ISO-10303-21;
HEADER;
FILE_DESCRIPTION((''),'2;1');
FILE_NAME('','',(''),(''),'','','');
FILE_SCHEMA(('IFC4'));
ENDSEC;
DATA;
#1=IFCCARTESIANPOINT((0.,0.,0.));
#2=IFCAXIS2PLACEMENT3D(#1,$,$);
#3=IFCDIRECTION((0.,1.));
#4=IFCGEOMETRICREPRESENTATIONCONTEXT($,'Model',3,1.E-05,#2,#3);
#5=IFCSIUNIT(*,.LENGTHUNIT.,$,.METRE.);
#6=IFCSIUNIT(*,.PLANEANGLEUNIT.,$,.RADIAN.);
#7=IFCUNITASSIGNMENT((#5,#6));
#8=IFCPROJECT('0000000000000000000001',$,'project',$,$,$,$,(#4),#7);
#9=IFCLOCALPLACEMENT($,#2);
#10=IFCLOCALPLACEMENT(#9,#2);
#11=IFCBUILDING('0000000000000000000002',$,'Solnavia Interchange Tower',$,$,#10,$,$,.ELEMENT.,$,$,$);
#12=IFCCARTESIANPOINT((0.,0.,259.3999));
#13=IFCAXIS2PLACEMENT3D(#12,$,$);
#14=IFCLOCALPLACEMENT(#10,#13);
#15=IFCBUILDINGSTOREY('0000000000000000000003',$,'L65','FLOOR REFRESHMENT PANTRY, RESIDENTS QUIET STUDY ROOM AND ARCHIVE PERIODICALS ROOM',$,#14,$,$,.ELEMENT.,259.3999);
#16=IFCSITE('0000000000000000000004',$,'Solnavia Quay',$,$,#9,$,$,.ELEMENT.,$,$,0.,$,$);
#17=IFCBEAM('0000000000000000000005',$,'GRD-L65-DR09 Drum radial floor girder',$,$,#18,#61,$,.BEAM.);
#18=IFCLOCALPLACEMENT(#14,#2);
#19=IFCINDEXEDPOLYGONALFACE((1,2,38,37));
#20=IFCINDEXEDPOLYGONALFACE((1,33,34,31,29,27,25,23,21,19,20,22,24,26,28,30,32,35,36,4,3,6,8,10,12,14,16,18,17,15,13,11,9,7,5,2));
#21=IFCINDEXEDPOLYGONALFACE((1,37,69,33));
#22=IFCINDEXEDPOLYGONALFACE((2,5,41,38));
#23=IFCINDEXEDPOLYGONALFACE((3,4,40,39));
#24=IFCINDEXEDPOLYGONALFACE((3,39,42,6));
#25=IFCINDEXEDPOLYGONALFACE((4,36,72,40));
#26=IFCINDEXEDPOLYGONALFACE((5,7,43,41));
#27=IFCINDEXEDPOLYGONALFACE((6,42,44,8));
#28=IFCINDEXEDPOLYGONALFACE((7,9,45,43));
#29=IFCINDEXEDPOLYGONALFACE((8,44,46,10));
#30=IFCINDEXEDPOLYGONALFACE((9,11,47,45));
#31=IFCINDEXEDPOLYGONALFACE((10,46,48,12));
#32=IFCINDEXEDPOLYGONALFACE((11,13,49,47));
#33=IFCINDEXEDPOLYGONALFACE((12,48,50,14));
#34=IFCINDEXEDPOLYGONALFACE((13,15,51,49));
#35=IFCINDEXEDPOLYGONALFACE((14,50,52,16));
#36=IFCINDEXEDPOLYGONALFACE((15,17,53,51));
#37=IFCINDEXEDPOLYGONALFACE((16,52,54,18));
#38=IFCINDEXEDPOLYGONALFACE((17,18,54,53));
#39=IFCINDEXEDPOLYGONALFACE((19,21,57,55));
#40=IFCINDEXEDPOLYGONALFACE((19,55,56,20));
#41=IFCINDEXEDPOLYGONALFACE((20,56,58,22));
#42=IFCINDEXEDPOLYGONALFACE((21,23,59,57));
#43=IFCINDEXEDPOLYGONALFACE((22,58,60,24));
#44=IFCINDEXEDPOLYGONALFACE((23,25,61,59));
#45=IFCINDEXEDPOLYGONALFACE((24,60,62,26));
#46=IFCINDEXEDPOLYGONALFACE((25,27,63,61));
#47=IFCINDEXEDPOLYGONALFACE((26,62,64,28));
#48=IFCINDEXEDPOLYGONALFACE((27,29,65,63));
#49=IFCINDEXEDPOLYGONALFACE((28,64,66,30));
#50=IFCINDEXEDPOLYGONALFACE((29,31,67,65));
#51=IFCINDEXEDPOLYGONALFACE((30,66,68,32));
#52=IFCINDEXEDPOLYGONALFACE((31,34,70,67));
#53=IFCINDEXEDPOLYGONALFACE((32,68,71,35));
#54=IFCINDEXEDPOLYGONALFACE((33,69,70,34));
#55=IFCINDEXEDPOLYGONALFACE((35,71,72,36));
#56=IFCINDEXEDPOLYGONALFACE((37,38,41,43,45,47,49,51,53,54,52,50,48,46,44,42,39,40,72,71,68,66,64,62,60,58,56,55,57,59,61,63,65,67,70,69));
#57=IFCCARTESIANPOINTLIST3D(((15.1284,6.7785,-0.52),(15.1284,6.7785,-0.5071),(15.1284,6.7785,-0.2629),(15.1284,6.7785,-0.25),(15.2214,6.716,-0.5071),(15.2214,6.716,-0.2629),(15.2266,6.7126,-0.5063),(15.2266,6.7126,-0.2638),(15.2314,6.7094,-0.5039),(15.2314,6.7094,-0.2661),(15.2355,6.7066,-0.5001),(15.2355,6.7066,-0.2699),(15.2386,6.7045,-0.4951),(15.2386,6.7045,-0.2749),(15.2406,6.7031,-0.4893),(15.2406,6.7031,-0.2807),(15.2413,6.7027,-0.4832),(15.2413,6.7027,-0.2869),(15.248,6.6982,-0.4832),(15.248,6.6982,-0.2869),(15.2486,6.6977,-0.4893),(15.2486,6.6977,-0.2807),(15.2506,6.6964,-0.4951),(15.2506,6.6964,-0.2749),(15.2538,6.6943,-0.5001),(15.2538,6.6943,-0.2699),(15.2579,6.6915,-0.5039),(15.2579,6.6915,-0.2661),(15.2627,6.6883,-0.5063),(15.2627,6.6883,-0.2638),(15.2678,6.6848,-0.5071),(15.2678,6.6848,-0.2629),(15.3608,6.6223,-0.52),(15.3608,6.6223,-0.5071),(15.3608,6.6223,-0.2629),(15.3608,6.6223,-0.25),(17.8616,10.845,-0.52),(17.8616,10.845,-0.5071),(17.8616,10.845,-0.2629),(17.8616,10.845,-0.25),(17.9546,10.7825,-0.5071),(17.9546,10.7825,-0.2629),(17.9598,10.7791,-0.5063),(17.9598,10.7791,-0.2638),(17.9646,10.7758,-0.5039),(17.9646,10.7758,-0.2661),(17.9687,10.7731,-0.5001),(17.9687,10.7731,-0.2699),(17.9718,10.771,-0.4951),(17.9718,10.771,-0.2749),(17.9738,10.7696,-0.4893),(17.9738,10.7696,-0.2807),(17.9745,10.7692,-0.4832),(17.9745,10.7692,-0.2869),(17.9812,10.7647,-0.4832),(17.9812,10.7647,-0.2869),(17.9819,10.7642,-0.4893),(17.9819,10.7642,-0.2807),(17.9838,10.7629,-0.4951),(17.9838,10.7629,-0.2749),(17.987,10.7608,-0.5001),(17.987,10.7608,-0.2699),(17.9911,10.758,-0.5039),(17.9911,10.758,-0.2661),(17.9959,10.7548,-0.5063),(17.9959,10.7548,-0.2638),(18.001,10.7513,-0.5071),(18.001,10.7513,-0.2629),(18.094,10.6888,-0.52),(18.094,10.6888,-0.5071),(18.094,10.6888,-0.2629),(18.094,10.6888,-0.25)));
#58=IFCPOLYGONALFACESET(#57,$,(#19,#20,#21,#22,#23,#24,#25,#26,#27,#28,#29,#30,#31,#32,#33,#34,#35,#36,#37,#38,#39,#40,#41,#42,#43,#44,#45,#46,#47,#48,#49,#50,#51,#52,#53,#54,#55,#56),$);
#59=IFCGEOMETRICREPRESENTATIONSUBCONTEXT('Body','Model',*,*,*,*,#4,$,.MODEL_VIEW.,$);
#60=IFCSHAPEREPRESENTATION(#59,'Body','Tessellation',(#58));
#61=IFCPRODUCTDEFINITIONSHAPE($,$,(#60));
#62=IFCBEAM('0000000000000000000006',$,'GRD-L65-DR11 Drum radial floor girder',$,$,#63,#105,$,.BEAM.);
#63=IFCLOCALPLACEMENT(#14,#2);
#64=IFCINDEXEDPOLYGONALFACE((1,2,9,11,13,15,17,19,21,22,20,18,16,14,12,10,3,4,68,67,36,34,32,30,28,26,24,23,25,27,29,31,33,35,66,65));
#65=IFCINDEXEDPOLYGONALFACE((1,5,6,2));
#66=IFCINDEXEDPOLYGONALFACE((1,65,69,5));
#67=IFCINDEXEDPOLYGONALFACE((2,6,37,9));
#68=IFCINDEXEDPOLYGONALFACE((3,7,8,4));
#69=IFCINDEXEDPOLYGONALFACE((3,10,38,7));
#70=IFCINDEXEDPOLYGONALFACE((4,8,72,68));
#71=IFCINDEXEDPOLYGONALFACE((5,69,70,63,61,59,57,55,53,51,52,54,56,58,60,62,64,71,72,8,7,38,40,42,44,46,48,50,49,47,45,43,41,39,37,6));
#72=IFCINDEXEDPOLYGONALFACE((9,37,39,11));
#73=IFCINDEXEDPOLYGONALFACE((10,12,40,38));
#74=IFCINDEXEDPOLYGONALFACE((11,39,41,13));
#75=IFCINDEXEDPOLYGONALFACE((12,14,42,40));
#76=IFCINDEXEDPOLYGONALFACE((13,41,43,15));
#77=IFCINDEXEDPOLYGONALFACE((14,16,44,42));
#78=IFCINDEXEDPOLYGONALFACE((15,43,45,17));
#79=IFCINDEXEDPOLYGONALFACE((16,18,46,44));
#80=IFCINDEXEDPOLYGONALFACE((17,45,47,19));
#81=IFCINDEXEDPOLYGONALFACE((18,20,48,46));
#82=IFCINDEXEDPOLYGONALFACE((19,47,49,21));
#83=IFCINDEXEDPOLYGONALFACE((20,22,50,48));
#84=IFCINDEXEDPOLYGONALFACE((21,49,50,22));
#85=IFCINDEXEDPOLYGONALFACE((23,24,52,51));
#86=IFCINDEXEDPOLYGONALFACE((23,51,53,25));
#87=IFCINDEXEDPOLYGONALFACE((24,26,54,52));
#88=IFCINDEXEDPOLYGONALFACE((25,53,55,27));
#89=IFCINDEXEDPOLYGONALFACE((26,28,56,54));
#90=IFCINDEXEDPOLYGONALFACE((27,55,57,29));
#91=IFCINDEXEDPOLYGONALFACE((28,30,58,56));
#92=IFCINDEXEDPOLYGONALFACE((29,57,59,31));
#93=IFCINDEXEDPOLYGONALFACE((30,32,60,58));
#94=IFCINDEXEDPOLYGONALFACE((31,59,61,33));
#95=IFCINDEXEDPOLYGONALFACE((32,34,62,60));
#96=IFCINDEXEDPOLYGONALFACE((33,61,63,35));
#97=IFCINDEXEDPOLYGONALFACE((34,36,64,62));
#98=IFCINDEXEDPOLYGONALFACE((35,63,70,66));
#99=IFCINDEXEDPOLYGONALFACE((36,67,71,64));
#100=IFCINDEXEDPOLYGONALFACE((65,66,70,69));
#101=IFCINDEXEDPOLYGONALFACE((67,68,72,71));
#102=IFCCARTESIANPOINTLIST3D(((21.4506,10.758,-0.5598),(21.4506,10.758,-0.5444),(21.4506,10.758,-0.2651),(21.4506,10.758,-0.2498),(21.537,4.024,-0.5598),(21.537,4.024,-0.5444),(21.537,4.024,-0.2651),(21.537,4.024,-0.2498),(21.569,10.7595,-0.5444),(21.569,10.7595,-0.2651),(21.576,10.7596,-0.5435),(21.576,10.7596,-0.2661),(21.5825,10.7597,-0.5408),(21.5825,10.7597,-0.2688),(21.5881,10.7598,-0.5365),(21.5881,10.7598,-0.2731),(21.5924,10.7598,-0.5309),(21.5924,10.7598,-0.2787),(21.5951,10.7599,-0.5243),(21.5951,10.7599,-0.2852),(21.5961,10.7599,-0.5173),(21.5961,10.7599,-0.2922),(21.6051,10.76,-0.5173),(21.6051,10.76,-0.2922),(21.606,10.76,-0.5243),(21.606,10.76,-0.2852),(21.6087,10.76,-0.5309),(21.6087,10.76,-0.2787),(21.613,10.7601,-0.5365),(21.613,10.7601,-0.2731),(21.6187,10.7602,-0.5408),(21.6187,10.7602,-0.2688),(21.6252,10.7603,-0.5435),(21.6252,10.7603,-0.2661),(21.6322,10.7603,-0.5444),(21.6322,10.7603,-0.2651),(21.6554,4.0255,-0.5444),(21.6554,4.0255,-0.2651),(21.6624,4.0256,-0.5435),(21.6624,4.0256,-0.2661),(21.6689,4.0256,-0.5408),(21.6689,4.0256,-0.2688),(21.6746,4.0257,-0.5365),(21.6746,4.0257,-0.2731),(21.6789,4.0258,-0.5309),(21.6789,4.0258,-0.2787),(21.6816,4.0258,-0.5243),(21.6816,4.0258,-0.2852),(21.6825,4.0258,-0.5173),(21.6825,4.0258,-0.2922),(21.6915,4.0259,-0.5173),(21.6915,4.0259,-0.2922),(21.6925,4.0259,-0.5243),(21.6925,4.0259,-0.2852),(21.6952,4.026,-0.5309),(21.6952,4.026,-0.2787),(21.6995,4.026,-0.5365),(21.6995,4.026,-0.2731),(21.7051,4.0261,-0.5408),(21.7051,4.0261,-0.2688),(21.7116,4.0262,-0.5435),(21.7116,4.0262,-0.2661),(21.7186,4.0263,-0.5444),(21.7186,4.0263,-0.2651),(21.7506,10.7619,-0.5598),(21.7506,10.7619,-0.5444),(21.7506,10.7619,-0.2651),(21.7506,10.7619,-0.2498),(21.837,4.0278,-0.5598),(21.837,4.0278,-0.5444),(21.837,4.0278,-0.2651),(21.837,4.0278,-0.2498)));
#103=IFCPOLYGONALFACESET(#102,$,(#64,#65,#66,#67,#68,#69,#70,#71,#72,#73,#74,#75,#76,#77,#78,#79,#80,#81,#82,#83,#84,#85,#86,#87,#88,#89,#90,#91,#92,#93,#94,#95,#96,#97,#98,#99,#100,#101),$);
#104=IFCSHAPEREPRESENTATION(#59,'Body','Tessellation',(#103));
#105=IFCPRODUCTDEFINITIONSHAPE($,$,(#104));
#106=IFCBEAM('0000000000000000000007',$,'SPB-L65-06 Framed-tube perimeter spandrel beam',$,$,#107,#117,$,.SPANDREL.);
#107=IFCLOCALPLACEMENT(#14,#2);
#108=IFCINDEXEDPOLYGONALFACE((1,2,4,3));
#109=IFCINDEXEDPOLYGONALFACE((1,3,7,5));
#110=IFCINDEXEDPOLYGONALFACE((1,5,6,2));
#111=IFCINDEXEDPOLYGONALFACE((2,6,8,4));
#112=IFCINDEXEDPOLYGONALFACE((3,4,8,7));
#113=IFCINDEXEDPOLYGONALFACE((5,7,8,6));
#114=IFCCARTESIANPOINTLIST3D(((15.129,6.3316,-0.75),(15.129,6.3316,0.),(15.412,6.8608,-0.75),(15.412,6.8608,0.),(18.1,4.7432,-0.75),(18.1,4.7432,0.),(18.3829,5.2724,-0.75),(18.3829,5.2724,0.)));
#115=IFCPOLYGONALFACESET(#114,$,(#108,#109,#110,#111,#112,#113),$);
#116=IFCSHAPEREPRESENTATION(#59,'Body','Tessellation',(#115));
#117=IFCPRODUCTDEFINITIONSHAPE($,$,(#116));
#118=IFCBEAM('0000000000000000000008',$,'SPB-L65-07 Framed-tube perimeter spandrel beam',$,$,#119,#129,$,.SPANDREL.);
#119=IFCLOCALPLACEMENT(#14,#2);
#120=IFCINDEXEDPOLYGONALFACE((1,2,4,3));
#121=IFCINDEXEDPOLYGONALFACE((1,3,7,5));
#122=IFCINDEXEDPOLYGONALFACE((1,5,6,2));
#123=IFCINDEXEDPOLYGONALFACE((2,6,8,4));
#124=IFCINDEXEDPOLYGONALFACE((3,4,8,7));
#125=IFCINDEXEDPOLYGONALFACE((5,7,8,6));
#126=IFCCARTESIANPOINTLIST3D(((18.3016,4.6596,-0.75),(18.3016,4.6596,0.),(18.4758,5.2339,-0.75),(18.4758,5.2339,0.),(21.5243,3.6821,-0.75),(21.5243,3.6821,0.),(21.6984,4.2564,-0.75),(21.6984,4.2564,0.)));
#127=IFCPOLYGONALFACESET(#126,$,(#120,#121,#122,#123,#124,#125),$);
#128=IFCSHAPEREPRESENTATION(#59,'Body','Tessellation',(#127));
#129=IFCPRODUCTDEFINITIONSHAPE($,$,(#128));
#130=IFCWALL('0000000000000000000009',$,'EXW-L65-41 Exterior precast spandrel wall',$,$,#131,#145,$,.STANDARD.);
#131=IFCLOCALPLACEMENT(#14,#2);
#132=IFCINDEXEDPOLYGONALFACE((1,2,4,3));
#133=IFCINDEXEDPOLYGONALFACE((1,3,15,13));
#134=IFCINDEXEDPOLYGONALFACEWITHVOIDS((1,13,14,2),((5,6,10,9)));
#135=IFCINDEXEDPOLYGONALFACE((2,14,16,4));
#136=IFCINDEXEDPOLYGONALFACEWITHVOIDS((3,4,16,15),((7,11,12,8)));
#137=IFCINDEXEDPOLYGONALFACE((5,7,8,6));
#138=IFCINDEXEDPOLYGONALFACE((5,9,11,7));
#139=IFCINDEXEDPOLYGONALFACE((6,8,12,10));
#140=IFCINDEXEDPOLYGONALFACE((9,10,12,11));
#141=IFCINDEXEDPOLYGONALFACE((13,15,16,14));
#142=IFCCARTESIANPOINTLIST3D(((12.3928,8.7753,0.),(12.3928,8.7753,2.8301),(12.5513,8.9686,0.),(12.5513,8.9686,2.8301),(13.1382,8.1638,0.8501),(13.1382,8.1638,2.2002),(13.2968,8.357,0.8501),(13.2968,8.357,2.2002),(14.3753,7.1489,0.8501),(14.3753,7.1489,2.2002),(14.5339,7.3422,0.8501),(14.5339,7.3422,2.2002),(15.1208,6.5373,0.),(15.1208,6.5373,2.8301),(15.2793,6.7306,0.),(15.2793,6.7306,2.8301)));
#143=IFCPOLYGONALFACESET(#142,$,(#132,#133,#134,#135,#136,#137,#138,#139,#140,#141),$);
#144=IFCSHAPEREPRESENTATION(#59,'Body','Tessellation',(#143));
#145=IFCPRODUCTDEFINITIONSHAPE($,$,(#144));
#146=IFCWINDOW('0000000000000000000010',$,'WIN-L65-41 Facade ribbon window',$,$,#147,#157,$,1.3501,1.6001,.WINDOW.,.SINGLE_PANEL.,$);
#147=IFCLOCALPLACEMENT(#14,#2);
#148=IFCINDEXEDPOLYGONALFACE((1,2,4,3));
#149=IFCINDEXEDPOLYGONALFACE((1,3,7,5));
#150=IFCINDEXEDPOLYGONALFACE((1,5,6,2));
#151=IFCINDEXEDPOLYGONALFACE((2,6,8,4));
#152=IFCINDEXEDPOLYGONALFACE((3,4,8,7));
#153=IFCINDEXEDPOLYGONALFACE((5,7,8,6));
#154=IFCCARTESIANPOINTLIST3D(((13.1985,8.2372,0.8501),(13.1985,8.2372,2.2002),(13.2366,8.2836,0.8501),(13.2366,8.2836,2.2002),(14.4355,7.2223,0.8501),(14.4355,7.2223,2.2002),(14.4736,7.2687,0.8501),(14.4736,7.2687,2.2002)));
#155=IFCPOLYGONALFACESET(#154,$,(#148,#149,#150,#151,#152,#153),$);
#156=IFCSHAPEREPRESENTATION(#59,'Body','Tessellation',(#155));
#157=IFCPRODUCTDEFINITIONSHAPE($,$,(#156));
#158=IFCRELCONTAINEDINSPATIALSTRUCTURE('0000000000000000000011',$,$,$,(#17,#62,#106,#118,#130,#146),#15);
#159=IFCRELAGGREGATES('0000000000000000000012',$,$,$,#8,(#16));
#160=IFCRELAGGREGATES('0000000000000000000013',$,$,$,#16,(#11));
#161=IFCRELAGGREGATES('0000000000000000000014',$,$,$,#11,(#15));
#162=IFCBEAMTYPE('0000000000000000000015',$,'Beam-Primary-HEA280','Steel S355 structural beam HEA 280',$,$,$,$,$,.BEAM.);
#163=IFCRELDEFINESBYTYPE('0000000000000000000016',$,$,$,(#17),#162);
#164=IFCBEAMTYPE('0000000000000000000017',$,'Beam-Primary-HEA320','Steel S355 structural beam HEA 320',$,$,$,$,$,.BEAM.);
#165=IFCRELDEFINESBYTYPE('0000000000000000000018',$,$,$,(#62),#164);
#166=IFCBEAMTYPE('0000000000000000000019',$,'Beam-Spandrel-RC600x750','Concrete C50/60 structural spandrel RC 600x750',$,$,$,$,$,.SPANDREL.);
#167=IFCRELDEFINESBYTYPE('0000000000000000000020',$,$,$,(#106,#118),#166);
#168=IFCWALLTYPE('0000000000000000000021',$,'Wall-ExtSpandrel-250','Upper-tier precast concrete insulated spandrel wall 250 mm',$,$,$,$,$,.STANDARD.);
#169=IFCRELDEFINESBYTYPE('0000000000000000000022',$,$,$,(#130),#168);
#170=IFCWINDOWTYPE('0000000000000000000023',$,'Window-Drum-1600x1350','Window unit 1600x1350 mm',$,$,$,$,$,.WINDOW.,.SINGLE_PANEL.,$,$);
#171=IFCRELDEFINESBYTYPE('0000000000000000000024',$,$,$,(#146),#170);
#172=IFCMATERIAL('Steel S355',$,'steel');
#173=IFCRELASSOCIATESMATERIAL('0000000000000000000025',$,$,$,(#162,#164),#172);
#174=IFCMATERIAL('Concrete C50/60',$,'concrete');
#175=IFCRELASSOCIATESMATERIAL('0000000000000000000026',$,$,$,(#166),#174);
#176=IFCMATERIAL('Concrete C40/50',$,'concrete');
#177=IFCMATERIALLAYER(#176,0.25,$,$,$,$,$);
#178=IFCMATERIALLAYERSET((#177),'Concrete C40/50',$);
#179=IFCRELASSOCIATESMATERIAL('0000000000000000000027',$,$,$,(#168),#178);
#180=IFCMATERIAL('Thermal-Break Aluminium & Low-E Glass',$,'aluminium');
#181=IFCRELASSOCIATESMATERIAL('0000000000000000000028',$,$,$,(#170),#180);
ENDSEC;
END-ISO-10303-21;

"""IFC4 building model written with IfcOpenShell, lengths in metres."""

from ifc_helpers import new_model, si_unit, direction, frame, frame_2d, origin, origin_2d, place, context, subcontext, project, spatial, rectangle, i_section, extrude, material, layer, layer_set, material_profile, profile_set, type_object, element, fill, save


model = new_model("IFC4")

# Units and contexts
model_context = context("Model", 3, precision=1e-05, world=origin(), true_north=direction((0.0, 1.0)))
body_context = subcontext(model_context, "Body", "Model", "MODEL_VIEW")
ifc_project = project(units=[si_unit("LENGTHUNIT", "METRE"), si_unit("PLANEANGLEUNIT", "RADIAN")], contexts=[model_context])

# Site, building, storey
site_placement = place(None, origin())
site = spatial("IfcSite", under=ifc_project, at=site_placement, Name="Solnavia Quay", CompositionType="ELEMENT", RefElevation=0.0)
building_placement = place(site_placement, origin())
building = spatial("IfcBuilding", under=site, at=building_placement, Name="Solnavia Interchange Tower", CompositionType="ELEMENT")
storey_placement = place(building_placement, frame((0.0, 0.0, 259.3999)))
storey = spatial("IfcBuildingStorey", under=building, at=storey_placement, Name="L65", Description="FLOOR REFRESHMENT PANTRY, RESIDENTS QUIET STUDY ROOM AND ARCHIVE PERIODICALS ROOM", CompositionType="ELEMENT", Elevation=259.3999)

# Shared definitions
ifc_material_1 = material(Name="Concrete C50/60", Category="concrete")

# Beams
ifc_material_2 = material(Name="Steel S355", Category="steel")
ifc_material_profile_1 = material_profile(ifc_material_2, i_section(OverallWidth=0.28, OverallDepth=0.27, WebThickness=0.0081, FlangeThickness=0.0129, FilletRadius=0.0239, at=origin_2d()), Name="HEA 280")
ifc_profile_set_1 = profile_set([ifc_material_profile_1], Name="Steel S355")
beam_type_1 = type_object("IfcBeamType", Name="Beam-Primary-HEA280", Description="Steel S355 structural beam HEA 280", PredefinedType="BEAM", material=ifc_profile_set_1)
beam_1_placement = place(storey_placement, frame((15.2446, 6.7004, -0.385), z_axis=(0.557835, 0.829952, 0.0), x_axis=(-0.829952, 0.557835, 0.0)))
element("IfcBeam", 1, at=beam_1_placement, inside=storey, type_object=beam_type_1, Name="GRD-L65-DR09 Drum radial floor girder", PredefinedType="BEAM", context=body_context, shape_type="SweptSolid", body=[
    extrude(i_section(OverallWidth=0.28, OverallDepth=0.27, WebThickness=0.0081, FlangeThickness=0.0129, FilletRadius=0.0239, at=origin_2d()), origin(), (0.0, 0.0, 1.0), 4.8997),
])
ifc_material_profile_2 = material_profile(ifc_material_2, i_section(OverallWidth=0.3, OverallDepth=0.3101, WebThickness=0.009, FlangeThickness=0.0154, FilletRadius=0.0271, at=origin_2d()), Name="HEA 320")
ifc_profile_set_2 = profile_set([ifc_material_profile_2], Name="Steel S355")
beam_type_2 = type_object("IfcBeamType", Name="Beam-Primary-HEA320", Description="Steel S355 structural beam HEA 320", PredefinedType="BEAM", material=ifc_profile_set_2)
beam_2_placement = place(storey_placement, frame((21.687, 4.0259, -0.4048), z_axis=(-0.012833, 0.999918, 0.0), x_axis=(-0.999918, -0.012833, 0.0)))
element("IfcBeam", 2, at=beam_2_placement, inside=storey, type_object=beam_type_2, Name="GRD-L65-DR11 Drum radial floor girder", PredefinedType="BEAM", context=body_context, shape_type="SweptSolid", body=[
    extrude(i_section(OverallWidth=0.3, OverallDepth=0.3101, WebThickness=0.009, FlangeThickness=0.0154, FilletRadius=0.0271, at=origin_2d()), origin(), (0.0, 0.0, 1.0), 6.7346),
])
ifc_material_profile_3 = material_profile(ifc_material_1, rectangle(XDim=0.6001, YDim=0.75, at=origin_2d()), Name="RC 600x750")
ifc_profile_set_3 = profile_set([ifc_material_profile_3], Name="Concrete C50/60")
beam_type_3 = type_object("IfcBeamType", Name="Beam-Spandrel-RC600x750", Description="Concrete C50/60 structural spandrel RC 600x750", PredefinedType="SPANDREL", material=ifc_profile_set_3)
beam_3_placement = place(storey_placement, frame((15.2705, 6.5962, -0.375), z_axis=(0.881875, -0.471483, 0.0), x_axis=(0.471483, 0.881875, 0.0)))
element("IfcBeam", 3, at=beam_3_placement, inside=storey, type_object=beam_type_3, Name="SPB-L65-06 Framed-tube perimeter spandrel beam", PredefinedType="SPANDREL", context=body_context, shape_type="SweptSolid", body=[
    extrude(rectangle(XDim=0.6001, YDim=0.75, at=origin_2d()), origin(), (0.0, 0.0, 1.0), 3.3689),
])
beam_4_placement = place(storey_placement, frame((18.3887, 4.9468, -0.375), z_axis=(0.956944, -0.290273, 0.0), x_axis=(0.290273, 0.956944, 0.0)))
element("IfcBeam", 4, at=beam_4_placement, inside=storey, type_object=beam_type_3, Name="SPB-L65-07 Framed-tube perimeter spandrel beam", PredefinedType="SPANDREL", context=body_context, shape_type="SweptSolid", body=[
    extrude(rectangle(XDim=0.6001, YDim=0.75, at=origin_2d()), origin(), (0.0, 0.0, 1.0), 3.3677),
])

# Wall, opening, window
ifc_material_3 = material(Name="Concrete C40/50", Category="concrete")
ifc_layer_1 = layer(ifc_material_3, 0.25)
ifc_layer_set_1 = layer_set([ifc_layer_1], Name="Concrete C40/50")
wall_type_1 = type_object("IfcWallType", Name="Wall-ExtSpandrel-250", Description="Upper-tier precast concrete insulated spandrel wall 250 mm", PredefinedType="STANDARD", material=ifc_layer_set_1)
wall_1_placement = place(storey_placement, frame((15.2, 6.634, 0.0), z_axis=(0.0, 0.0, 1.0), x_axis=(-0.773121, 0.634258, 0.0)))
wall_1 = element("IfcWall", 5, at=wall_1_placement, inside=storey, type_object=wall_type_1, Name="EXW-L65-41 Exterior precast spandrel wall", PredefinedType="STANDARD", context=body_context, shape_type="SweptSolid", body=[
    extrude(rectangle(XDim=3.5286, YDim=0.25, at=frame_2d((1.7642, 0.0))), origin(), (0.0, 0.0, 1.0), 2.8301),
])
opening_1_placement = place(wall_1_placement, frame((0.9641, 0.0, 0.8501)))
opening_1 = element("IfcOpeningElement", 6, at=opening_1_placement, cuts=wall_1, PredefinedType="OPENING", context=body_context, shape_type="SweptSolid", body=[
    extrude(rectangle(XDim=1.6001, YDim=1.3501, at=frame_2d((0.8, 0.675))), frame((0.0, 0.135, 0.0), z_axis=(0.0, -1.0, 0.0), x_axis=(1.0, 0.0, 0.0)), (0.0, 0.0, 1.0), 0.27),
])
ifc_material_4 = material(Name="Thermal-Break Aluminium & Low-E Glass", Category="aluminium")
window_type = type_object("IfcWindowType", Name="Window-Drum-1600x1350", Description="Window unit 1600x1350 mm", PartitioningType="SINGLE_PANEL", PredefinedType="WINDOW", material=ifc_material_4)
window_1_placement = place(opening_1_placement, origin())
window_1 = element("IfcWindow", 7, at=window_1_placement, inside=storey, type_object=window_type, Name="WIN-L65-41 Facade ribbon window", OverallHeight=1.3501, OverallWidth=1.6001, PartitioningType="SINGLE_PANEL", PredefinedType="WINDOW", context=body_context, shape_type="SweptSolid", body=[
    extrude(rectangle(XDim=1.6001, YDim=1.3501, at=frame_2d((0.8, 0.675))), frame((0.0, 0.03, 0.0), z_axis=(0.0, -1.0, 0.0), x_axis=(1.0, 0.0, 0.0)), (0.0, 0.0, 1.0), 0.0601),
])
fill(opening_1, window_1)

save(model, "model.ifc")
